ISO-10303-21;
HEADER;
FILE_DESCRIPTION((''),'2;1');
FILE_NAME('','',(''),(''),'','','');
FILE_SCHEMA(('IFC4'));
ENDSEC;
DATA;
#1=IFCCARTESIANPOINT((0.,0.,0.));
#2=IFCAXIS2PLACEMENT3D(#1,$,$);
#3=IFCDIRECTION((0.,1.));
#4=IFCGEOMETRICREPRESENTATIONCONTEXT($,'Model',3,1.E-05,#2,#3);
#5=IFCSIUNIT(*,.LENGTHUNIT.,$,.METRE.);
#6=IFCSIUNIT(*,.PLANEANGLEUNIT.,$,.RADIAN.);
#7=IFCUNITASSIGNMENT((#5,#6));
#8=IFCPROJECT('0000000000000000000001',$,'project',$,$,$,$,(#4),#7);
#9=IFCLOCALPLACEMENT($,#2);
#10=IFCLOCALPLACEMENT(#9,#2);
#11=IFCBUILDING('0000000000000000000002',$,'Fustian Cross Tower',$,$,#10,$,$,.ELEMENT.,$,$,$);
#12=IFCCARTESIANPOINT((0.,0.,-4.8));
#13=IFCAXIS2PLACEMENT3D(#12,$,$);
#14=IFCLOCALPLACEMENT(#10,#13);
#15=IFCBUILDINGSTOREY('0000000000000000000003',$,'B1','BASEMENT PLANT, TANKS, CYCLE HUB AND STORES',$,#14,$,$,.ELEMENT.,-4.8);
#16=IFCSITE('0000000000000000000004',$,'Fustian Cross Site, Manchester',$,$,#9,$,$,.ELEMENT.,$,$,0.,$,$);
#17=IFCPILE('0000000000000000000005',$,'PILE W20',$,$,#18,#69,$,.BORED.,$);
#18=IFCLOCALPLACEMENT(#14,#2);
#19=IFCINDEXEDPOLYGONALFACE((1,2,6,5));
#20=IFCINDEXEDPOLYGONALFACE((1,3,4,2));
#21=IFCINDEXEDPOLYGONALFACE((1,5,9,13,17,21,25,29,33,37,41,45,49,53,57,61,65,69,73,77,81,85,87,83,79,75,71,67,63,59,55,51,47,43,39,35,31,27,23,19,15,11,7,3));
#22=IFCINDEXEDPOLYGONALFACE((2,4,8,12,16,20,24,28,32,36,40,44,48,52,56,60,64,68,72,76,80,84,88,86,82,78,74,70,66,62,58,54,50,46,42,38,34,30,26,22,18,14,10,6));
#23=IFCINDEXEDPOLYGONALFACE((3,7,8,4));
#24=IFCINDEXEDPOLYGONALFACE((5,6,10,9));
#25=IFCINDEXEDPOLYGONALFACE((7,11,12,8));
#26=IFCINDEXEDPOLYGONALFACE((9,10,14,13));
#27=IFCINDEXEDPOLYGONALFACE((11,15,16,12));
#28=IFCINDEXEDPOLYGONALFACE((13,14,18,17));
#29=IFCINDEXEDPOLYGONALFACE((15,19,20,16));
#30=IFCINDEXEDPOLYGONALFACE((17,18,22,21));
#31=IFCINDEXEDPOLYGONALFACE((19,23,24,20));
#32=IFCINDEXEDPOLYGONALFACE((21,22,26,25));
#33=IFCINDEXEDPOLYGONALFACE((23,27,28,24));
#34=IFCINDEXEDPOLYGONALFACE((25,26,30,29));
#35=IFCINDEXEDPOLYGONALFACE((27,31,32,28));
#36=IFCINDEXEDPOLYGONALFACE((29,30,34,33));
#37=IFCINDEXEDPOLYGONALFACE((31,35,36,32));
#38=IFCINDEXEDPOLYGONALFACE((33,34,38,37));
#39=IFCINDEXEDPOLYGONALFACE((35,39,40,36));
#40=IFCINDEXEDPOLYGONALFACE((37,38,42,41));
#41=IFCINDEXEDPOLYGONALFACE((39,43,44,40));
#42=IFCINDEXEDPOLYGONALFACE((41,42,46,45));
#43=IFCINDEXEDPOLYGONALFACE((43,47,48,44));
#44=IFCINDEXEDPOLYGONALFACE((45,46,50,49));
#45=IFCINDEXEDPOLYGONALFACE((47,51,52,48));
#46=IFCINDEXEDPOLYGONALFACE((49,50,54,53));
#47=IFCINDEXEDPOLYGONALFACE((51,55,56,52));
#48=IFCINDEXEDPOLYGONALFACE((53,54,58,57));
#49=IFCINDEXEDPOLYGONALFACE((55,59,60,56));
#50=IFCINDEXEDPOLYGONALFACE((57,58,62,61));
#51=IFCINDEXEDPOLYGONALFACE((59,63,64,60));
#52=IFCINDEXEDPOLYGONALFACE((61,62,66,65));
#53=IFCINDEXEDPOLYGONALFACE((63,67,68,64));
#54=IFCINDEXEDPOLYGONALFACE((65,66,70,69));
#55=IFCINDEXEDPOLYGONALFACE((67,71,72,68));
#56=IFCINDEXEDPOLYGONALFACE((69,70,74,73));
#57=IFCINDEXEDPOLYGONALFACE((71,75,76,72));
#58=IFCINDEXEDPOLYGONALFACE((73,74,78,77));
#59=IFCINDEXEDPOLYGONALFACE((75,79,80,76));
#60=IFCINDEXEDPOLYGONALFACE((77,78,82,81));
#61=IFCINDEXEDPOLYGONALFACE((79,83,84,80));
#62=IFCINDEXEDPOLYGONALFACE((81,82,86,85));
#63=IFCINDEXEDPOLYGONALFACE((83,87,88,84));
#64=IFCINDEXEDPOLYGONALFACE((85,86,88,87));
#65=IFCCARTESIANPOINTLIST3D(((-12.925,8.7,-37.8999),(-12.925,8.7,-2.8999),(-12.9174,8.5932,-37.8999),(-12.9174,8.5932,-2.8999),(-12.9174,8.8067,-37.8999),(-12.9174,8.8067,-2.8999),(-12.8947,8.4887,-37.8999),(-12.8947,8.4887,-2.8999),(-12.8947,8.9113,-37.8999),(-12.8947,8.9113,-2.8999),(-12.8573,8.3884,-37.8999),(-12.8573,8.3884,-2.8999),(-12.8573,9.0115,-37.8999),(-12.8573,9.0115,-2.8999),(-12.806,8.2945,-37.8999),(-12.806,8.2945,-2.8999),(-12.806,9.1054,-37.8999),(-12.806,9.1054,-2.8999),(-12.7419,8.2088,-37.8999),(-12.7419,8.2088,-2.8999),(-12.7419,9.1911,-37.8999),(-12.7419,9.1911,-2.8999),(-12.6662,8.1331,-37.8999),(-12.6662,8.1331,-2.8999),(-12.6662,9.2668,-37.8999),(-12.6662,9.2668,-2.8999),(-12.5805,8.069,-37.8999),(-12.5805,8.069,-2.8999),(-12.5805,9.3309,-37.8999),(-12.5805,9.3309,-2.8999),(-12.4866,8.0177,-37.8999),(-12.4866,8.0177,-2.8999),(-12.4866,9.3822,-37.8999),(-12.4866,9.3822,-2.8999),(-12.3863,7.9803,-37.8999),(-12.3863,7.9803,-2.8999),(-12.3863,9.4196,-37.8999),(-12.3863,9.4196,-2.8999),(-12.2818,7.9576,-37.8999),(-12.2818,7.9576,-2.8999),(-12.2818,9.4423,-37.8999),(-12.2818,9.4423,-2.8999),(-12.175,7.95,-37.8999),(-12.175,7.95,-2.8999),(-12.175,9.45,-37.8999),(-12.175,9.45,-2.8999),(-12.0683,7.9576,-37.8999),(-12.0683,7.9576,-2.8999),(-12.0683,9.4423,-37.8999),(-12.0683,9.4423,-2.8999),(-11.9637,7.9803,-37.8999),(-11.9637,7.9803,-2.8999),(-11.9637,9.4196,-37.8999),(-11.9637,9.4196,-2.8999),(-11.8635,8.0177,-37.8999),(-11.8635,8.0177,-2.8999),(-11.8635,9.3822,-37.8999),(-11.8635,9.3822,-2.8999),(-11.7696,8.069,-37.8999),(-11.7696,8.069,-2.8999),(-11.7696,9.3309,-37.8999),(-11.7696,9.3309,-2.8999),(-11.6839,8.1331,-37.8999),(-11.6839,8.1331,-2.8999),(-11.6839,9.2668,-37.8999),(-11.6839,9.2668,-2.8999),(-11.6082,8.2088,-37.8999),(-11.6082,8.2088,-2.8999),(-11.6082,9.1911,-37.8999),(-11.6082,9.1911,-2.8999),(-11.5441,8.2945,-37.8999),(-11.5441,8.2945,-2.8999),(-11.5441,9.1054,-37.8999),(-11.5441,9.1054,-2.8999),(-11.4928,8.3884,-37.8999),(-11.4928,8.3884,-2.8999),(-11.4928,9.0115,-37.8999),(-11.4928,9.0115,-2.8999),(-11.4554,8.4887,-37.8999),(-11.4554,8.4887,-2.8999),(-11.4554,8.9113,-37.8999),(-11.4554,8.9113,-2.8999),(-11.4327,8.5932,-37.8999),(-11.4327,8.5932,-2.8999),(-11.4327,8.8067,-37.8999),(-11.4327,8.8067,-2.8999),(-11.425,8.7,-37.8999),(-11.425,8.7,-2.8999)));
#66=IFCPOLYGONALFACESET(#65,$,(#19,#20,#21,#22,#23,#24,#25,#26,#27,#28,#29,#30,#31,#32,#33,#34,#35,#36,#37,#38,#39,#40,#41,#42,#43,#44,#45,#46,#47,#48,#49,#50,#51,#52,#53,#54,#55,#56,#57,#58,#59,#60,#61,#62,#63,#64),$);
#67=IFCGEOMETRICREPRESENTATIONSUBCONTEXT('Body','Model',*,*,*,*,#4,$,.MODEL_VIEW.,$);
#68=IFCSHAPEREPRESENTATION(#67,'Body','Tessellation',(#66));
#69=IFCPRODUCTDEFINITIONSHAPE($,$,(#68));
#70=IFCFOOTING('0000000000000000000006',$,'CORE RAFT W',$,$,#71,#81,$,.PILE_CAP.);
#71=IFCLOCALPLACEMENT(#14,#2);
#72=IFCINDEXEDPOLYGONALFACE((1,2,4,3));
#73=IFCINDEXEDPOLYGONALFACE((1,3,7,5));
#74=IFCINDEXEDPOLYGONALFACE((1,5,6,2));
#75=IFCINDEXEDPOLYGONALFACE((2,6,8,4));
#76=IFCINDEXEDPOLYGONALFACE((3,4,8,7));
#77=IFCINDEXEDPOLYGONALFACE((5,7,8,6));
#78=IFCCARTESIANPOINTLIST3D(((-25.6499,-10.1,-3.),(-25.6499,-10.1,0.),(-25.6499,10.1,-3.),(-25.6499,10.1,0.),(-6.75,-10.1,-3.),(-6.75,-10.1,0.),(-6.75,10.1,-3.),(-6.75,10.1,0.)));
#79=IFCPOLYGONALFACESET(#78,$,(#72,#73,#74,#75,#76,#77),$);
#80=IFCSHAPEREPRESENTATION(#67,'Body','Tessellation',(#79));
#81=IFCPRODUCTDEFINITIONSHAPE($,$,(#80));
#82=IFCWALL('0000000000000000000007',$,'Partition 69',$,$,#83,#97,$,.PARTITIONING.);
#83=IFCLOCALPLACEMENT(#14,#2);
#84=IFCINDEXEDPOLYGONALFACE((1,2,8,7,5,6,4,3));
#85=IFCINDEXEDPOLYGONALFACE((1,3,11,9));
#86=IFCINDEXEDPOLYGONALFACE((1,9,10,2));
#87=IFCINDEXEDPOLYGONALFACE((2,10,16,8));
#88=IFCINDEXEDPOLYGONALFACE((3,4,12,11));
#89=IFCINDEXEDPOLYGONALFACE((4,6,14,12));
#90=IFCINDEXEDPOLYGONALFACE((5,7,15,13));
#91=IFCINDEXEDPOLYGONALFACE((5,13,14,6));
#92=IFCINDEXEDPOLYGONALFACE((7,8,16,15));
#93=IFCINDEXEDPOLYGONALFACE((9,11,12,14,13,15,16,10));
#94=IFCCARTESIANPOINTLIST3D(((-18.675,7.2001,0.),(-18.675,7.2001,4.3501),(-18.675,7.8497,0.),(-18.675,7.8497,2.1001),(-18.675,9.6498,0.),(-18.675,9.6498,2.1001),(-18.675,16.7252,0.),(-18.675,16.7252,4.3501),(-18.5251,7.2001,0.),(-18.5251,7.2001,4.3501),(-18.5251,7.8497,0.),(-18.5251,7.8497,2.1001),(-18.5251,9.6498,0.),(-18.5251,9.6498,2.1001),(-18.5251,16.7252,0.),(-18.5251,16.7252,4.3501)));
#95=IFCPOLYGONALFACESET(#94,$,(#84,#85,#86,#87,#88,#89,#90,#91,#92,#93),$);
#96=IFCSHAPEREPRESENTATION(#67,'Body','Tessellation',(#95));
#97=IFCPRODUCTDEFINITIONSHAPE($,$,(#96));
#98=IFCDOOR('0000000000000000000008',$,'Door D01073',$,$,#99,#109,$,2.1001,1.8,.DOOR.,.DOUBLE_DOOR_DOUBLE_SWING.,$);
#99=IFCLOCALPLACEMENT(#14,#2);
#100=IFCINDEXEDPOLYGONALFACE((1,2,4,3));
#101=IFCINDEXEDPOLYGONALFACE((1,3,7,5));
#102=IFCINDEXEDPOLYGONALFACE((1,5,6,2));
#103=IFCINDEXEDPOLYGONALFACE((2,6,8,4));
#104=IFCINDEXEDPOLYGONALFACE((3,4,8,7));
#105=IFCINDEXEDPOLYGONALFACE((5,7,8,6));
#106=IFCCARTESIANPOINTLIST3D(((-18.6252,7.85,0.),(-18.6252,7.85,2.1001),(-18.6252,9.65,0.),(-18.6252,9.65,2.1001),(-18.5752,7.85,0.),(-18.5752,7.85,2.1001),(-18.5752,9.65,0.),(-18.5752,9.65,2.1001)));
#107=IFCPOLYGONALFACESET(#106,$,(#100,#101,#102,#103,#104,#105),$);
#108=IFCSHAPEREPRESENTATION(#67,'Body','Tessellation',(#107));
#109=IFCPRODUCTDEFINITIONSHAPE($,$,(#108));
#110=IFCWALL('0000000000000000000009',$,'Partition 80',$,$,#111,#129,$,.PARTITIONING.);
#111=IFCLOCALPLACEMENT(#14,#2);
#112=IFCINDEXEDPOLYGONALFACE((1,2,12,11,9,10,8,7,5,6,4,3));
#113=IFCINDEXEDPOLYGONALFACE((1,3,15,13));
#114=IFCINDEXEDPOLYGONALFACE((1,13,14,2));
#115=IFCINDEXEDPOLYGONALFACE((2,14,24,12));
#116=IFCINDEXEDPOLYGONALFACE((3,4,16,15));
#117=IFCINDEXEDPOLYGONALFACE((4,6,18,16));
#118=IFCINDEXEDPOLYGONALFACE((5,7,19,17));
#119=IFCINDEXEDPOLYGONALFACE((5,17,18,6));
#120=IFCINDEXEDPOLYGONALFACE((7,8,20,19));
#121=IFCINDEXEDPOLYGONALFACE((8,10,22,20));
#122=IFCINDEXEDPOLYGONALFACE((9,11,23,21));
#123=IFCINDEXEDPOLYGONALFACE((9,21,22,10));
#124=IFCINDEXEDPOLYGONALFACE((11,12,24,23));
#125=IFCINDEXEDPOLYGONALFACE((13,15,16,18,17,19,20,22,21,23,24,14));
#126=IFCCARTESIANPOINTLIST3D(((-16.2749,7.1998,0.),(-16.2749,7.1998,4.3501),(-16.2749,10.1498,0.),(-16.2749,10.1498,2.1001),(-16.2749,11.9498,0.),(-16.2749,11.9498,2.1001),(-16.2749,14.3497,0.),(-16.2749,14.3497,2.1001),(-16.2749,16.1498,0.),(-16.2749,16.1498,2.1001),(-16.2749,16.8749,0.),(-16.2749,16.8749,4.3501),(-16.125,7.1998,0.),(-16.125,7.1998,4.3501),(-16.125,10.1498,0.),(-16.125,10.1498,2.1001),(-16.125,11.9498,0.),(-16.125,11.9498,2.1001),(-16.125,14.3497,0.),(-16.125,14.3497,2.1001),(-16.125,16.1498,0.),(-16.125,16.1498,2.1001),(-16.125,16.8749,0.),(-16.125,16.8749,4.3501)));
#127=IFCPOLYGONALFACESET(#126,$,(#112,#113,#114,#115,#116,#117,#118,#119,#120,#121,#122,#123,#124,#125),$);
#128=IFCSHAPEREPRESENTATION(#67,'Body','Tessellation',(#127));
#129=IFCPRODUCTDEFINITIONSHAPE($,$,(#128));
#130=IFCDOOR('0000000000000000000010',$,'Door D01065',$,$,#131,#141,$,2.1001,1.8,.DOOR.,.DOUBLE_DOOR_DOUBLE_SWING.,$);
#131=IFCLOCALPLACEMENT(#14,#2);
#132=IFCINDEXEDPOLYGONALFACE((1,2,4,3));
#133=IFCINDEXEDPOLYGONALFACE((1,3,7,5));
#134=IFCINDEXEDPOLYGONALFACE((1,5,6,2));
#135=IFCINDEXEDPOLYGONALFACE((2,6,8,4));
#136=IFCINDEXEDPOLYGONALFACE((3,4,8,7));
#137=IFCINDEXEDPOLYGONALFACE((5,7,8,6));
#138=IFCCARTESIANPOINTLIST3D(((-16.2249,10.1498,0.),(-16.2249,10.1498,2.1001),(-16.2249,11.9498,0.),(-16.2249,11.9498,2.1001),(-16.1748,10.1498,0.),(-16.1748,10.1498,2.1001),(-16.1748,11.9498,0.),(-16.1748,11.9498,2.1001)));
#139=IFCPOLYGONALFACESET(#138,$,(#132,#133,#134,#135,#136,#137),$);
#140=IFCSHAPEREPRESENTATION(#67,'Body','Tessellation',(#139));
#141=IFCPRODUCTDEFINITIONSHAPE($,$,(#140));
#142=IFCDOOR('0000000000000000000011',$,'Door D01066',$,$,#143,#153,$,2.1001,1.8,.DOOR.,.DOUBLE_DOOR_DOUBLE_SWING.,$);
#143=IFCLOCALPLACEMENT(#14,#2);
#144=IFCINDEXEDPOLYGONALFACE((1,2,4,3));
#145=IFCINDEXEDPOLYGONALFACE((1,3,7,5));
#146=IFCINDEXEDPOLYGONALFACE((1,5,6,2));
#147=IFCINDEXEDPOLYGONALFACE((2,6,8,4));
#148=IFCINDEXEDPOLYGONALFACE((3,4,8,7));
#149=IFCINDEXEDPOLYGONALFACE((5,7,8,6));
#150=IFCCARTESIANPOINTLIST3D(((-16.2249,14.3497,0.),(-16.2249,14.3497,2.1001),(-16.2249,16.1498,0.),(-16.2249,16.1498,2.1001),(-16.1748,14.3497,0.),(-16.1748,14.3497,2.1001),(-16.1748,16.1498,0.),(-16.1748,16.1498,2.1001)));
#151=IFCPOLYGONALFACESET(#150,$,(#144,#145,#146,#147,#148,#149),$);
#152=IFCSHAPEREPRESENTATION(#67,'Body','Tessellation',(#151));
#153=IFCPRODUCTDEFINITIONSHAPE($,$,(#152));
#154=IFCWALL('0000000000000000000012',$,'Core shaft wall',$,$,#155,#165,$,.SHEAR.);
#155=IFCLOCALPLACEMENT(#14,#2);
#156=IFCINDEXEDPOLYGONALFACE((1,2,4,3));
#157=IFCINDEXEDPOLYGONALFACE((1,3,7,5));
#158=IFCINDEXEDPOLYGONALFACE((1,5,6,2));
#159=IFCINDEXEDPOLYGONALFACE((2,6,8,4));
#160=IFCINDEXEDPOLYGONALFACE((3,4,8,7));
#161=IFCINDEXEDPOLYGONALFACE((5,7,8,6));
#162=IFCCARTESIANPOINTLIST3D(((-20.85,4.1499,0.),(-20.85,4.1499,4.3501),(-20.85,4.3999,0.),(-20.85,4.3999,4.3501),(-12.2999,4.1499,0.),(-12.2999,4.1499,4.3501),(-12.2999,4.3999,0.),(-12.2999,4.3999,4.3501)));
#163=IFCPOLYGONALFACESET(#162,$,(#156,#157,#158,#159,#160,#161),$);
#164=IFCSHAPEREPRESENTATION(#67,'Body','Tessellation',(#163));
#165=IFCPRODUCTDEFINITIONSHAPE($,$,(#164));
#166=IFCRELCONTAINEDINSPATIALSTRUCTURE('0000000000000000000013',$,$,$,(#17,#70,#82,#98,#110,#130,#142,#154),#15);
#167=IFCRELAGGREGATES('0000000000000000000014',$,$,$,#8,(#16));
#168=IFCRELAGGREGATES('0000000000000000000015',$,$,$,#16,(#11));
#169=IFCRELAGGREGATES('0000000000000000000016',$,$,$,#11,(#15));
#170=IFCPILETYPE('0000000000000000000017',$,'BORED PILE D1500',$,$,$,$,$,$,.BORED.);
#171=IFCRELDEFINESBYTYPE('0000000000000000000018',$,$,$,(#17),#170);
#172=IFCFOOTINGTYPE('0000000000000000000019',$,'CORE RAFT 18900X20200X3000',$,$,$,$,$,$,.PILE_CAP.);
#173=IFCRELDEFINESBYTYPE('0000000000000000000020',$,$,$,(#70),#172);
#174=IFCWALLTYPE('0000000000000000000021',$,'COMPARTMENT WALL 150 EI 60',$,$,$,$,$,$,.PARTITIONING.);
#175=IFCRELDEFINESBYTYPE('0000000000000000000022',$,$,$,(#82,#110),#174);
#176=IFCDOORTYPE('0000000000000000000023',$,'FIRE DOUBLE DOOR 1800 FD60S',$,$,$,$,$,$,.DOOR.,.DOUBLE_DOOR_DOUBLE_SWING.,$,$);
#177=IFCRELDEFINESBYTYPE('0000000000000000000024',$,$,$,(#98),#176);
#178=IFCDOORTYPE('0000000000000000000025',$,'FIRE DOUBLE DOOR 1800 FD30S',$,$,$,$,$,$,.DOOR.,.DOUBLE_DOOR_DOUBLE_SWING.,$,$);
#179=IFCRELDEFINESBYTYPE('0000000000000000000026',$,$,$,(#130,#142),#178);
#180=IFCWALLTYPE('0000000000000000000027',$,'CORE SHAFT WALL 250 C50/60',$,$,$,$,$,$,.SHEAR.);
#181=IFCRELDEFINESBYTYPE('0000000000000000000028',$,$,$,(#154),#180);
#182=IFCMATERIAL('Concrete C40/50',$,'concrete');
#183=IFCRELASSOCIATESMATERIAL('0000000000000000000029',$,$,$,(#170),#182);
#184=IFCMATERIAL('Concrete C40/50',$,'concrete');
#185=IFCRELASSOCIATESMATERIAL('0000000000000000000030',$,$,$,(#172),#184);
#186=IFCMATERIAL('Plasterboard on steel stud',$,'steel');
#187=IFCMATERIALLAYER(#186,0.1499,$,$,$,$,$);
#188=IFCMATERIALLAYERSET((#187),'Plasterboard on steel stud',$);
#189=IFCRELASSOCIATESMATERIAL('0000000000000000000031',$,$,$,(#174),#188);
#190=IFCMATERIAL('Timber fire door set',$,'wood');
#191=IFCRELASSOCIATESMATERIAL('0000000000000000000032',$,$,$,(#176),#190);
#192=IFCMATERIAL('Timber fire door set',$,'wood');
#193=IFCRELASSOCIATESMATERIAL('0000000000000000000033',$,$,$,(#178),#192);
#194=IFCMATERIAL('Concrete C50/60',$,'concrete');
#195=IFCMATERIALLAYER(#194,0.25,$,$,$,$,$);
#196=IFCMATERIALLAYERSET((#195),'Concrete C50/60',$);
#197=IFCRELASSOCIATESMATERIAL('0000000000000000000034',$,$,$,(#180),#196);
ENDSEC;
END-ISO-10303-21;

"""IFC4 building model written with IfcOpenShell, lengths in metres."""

from ifc_helpers import new_model, si_unit, direction, frame, frame_2d, origin, origin_2d, place, context, subcontext, project, spatial, rectangle, circle, extrude, material, layer, layer_set, material_profile, profile_set, type_object, element, fill, save


model = new_model("IFC4")

# Units and contexts
model_context = context("Model", 3, precision=1e-05, world=origin(), true_north=direction((0.0, 1.0)))
body_context = subcontext(model_context, "Body", "Model", "MODEL_VIEW")
ifc_project = project(units=[si_unit("LENGTHUNIT", "METRE"), si_unit("PLANEANGLEUNIT", "RADIAN")], contexts=[model_context])

# Site, building, storey
site_placement = place(None, origin())
site = spatial("IfcSite", under=ifc_project, at=site_placement, Name="Fustian Cross Site, Manchester", CompositionType="ELEMENT", RefElevation=0.0)
building_placement = place(site_placement, origin())
building = spatial("IfcBuilding", under=site, at=building_placement, Name="Fustian Cross Tower", CompositionType="ELEMENT")
storey_placement = place(building_placement, frame((0.0, 0.0, -4.8)))
storey = spatial("IfcBuildingStorey", under=building, at=storey_placement, Name="B1", Description="BASEMENT PLANT, TANKS, CYCLE HUB AND STORES", CompositionType="ELEMENT", Elevation=-4.8)

# Pile
ifc_material_1 = material(Name="Concrete C40/50", Category="concrete")
ifc_material_profile = material_profile(ifc_material_1, circle(Radius=0.75, at=origin_2d()), Name="BORED PILE D1500")
ifc_profile_set = profile_set([ifc_material_profile], Name="Concrete C40/50")
pile_type = type_object("IfcPileType", Name="BORED PILE D1500", PredefinedType="BORED", material=ifc_profile_set)
for number, where, z_axis, x_axis, name in (
    (1, (-12.175, 8.7, -2.8999), (0.0, 0.0, -1.0), (1.0, 0.0, 0.0), "PILE W20"),
):
    element("IfcPile", number, at=place(storey_placement, frame(where, z_axis=z_axis, x_axis=x_axis)), inside=storey, type_object=pile_type, Name=name, PredefinedType="BORED", context=body_context, shape_type="SweptSolid", body=[
        extrude(circle(Radius=0.75, at=origin_2d()), origin(), (0.0, 0.0, 1.0), 35.0),
    ])

# Footing
ifc_material_2 = material(Name="Concrete C40/50", Category="concrete")
footing_type = type_object("IfcFootingType", Name="CORE RAFT 18900X20200X3000", PredefinedType="PILE_CAP", material=ifc_material_2)
footing_placement = place(storey_placement, frame((-16.2, 0.0, -3.0), z_axis=(0.0, 0.0, 1.0), x_axis=(1.0, 0.0, 0.0)))
element("IfcFooting", 2, at=footing_placement, inside=storey, type_object=footing_type, Name="CORE RAFT W", PredefinedType="PILE_CAP", context=body_context, shape_type="SweptSolid", body=[
    extrude(rectangle(XDim=18.8999, YDim=20.2, at=origin_2d()), origin(), (0.0, 0.0, 1.0), 3.0),
])

# Wall, opening, door
ifc_material_3 = material(Name="Plasterboard on steel stud", Category="steel")
ifc_layer_1 = layer(ifc_material_3, 0.1499)
ifc_layer_set_1 = layer_set([ifc_layer_1], Name="Plasterboard on steel stud")
wall_type_1 = type_object("IfcWallType", Name="COMPARTMENT WALL 150 EI 60", PredefinedType="PARTITIONING", material=ifc_layer_set_1)
wall_1_placement = place(storey_placement, frame((-18.6001, 7.2, 0.0), z_axis=(0.0, 0.0, 1.0), x_axis=(0.0, 1.0, 0.0)))
wall_1 = element("IfcWall", 3, at=wall_1_placement, inside=storey, type_object=wall_type_1, Name="Partition 69", PredefinedType="PARTITIONING", context=body_context, shape_type="SweptSolid", body=[
    extrude(rectangle(XDim=9.5251, YDim=0.1499, at=frame_2d((4.7627, 0.0))), origin(), (0.0, 0.0, 1.0), 4.3501),
])
opening_1_placement = place(wall_1_placement, frame((0.6499, 0.0, 0.0)))
opening_1 = element("IfcOpeningElement", 4, at=opening_1_placement, cuts=wall_1, PredefinedType="OPENING", context=body_context, shape_type="SweptSolid", body=[
    extrude(rectangle(XDim=1.8, YDim=2.1001, at=frame_2d((0.8999, 1.05))), frame((0.0, 0.085, 0.0), z_axis=(0.0, -1.0, 0.0), x_axis=(1.0, 0.0, 0.0)), (0.0, 0.0, 1.0), 0.1699),
])
ifc_material_4 = material(Name="Timber fire door set", Category="wood")
door_type_1 = type_object("IfcDoorType", Name="FIRE DOUBLE DOOR 1800 FD60S", OperationType="DOUBLE_DOOR_DOUBLE_SWING", PredefinedType="DOOR", material=ifc_material_4)
door_1_placement = place(opening_1_placement, frame((1.8, 0.0, 0.0), z_axis=(0.0, 0.0, 1.0), x_axis=(-1.0, 0.0, 0.0)))
door_1 = element("IfcDoor", 5, at=door_1_placement, inside=storey, type_object=door_type_1, Name="Door D01073", OperationType="DOUBLE_DOOR_DOUBLE_SWING", OverallHeight=2.1001, OverallWidth=1.8, PredefinedType="DOOR", context=body_context, shape_type="SweptSolid", body=[
    extrude(rectangle(XDim=1.8, YDim=2.1001, at=frame_2d((0.8999, 1.05))), frame((0.0, 0.0249, 0.0), z_axis=(0.0, -1.0, 0.0), x_axis=(1.0, 0.0, 0.0)), (0.0, 0.0, 1.0), 0.05),
])
fill(opening_1, door_1)

# Wall, openings, doors
wall_2_placement = place(storey_placement, frame((-16.2, 7.2, 0.0), z_axis=(0.0, 0.0, 1.0), x_axis=(0.0, 1.0, 0.0)))
wall_2 = element("IfcWall", 6, at=wall_2_placement, inside=storey, type_object=wall_type_1, Name="Partition 80", PredefinedType="PARTITIONING", context=body_context, shape_type="SweptSolid", body=[
    extrude(rectangle(XDim=9.675, YDim=0.1499, at=frame_2d((4.8374, 0.0))), origin(), (0.0, 0.0, 1.0), 4.3501),
])
opening_2_placement = place(wall_2_placement, frame((2.95, 0.0, 0.0)))
opening_2 = element("IfcOpeningElement", 7, at=opening_2_placement, cuts=wall_2, PredefinedType="OPENING", context=body_context, shape_type="SweptSolid", body=[
    extrude(rectangle(XDim=1.8, YDim=2.1001, at=frame_2d((0.8999, 1.05))), frame((0.0, 0.085, 0.0), z_axis=(0.0, -1.0, 0.0), x_axis=(1.0, 0.0, 0.0)), (0.0, 0.0, 1.0), 0.1699),
])
opening_3_placement = place(wall_2_placement, frame((7.1499, 0.0, 0.0)))
opening_3 = element("IfcOpeningElement", 8, at=opening_3_placement, cuts=wall_2, PredefinedType="OPENING", context=body_context, shape_type="SweptSolid", body=[
    extrude(rectangle(XDim=1.8, YDim=2.1001, at=frame_2d((0.8999, 1.05))), frame((0.0, 0.085, 0.0), z_axis=(0.0, -1.0, 0.0), x_axis=(1.0, 0.0, 0.0)), (0.0, 0.0, 1.0), 0.1699),
])
ifc_material_5 = material(Name="Timber fire door set", Category="wood")
door_type_2 = type_object("IfcDoorType", Name="FIRE DOUBLE DOOR 1800 FD30S", OperationType="DOUBLE_DOOR_DOUBLE_SWING", PredefinedType="DOOR", material=ifc_material_5)
door_2_placement = place(opening_2_placement, origin())
door_2 = element("IfcDoor", 9, at=door_2_placement, inside=storey, type_object=door_type_2, Name="Door D01065", OperationType="DOUBLE_DOOR_DOUBLE_SWING", OverallHeight=2.1001, OverallWidth=1.8, PredefinedType="DOOR", context=body_context, shape_type="SweptSolid", body=[
    extrude(rectangle(XDim=1.8, YDim=2.1001, at=frame_2d((0.8999, 1.05))), frame((0.0, 0.0249, 0.0), z_axis=(0.0, -1.0, 0.0), x_axis=(1.0, 0.0, 0.0)), (0.0, 0.0, 1.0), 0.05),
])
fill(opening_2, door_2)
door_3_placement = place(opening_3_placement, origin())
door_3 = element("IfcDoor", 10, at=door_3_placement, inside=storey, type_object=door_type_2, Name="Door D01066", OperationType="DOUBLE_DOOR_DOUBLE_SWING", OverallHeight=2.1001, OverallWidth=1.8, PredefinedType="DOOR", context=body_context, shape_type="SweptSolid", body=[
    extrude(rectangle(XDim=1.8, YDim=2.1001, at=frame_2d((0.8999, 1.05))), frame((0.0, 0.0249, 0.0), z_axis=(0.0, -1.0, 0.0), x_axis=(1.0, 0.0, 0.0)), (0.0, 0.0, 1.0), 0.05),
])
fill(opening_3, door_3)

# Wall
ifc_material_6 = material(Name="Concrete C50/60", Category="concrete")
ifc_layer_2 = layer(ifc_material_6, 0.25)
ifc_layer_set_2 = layer_set([ifc_layer_2], Name="Concrete C50/60")
wall_type_2 = type_object("IfcWallType", Name="CORE SHAFT WALL 250 C50/60", PredefinedType="SHEAR", material=ifc_layer_set_2)
wall_3_placement = place(storey_placement, frame((-12.3, 4.2749, 0.0), z_axis=(0.0, 0.0, 1.0), x_axis=(-1.0, 0.0, 0.0)))
element("IfcWall", 11, at=wall_3_placement, inside=storey, type_object=wall_type_2, Name="Core shaft wall", PredefinedType="SHEAR", context=body_context, shape_type="SweptSolid", body=[
    extrude(rectangle(XDim=8.55, YDim=0.25, at=frame_2d((4.2749, 0.0))), origin(), (0.0, 0.0, 1.0), 4.3501),
])

save(model, "model.ifc")
